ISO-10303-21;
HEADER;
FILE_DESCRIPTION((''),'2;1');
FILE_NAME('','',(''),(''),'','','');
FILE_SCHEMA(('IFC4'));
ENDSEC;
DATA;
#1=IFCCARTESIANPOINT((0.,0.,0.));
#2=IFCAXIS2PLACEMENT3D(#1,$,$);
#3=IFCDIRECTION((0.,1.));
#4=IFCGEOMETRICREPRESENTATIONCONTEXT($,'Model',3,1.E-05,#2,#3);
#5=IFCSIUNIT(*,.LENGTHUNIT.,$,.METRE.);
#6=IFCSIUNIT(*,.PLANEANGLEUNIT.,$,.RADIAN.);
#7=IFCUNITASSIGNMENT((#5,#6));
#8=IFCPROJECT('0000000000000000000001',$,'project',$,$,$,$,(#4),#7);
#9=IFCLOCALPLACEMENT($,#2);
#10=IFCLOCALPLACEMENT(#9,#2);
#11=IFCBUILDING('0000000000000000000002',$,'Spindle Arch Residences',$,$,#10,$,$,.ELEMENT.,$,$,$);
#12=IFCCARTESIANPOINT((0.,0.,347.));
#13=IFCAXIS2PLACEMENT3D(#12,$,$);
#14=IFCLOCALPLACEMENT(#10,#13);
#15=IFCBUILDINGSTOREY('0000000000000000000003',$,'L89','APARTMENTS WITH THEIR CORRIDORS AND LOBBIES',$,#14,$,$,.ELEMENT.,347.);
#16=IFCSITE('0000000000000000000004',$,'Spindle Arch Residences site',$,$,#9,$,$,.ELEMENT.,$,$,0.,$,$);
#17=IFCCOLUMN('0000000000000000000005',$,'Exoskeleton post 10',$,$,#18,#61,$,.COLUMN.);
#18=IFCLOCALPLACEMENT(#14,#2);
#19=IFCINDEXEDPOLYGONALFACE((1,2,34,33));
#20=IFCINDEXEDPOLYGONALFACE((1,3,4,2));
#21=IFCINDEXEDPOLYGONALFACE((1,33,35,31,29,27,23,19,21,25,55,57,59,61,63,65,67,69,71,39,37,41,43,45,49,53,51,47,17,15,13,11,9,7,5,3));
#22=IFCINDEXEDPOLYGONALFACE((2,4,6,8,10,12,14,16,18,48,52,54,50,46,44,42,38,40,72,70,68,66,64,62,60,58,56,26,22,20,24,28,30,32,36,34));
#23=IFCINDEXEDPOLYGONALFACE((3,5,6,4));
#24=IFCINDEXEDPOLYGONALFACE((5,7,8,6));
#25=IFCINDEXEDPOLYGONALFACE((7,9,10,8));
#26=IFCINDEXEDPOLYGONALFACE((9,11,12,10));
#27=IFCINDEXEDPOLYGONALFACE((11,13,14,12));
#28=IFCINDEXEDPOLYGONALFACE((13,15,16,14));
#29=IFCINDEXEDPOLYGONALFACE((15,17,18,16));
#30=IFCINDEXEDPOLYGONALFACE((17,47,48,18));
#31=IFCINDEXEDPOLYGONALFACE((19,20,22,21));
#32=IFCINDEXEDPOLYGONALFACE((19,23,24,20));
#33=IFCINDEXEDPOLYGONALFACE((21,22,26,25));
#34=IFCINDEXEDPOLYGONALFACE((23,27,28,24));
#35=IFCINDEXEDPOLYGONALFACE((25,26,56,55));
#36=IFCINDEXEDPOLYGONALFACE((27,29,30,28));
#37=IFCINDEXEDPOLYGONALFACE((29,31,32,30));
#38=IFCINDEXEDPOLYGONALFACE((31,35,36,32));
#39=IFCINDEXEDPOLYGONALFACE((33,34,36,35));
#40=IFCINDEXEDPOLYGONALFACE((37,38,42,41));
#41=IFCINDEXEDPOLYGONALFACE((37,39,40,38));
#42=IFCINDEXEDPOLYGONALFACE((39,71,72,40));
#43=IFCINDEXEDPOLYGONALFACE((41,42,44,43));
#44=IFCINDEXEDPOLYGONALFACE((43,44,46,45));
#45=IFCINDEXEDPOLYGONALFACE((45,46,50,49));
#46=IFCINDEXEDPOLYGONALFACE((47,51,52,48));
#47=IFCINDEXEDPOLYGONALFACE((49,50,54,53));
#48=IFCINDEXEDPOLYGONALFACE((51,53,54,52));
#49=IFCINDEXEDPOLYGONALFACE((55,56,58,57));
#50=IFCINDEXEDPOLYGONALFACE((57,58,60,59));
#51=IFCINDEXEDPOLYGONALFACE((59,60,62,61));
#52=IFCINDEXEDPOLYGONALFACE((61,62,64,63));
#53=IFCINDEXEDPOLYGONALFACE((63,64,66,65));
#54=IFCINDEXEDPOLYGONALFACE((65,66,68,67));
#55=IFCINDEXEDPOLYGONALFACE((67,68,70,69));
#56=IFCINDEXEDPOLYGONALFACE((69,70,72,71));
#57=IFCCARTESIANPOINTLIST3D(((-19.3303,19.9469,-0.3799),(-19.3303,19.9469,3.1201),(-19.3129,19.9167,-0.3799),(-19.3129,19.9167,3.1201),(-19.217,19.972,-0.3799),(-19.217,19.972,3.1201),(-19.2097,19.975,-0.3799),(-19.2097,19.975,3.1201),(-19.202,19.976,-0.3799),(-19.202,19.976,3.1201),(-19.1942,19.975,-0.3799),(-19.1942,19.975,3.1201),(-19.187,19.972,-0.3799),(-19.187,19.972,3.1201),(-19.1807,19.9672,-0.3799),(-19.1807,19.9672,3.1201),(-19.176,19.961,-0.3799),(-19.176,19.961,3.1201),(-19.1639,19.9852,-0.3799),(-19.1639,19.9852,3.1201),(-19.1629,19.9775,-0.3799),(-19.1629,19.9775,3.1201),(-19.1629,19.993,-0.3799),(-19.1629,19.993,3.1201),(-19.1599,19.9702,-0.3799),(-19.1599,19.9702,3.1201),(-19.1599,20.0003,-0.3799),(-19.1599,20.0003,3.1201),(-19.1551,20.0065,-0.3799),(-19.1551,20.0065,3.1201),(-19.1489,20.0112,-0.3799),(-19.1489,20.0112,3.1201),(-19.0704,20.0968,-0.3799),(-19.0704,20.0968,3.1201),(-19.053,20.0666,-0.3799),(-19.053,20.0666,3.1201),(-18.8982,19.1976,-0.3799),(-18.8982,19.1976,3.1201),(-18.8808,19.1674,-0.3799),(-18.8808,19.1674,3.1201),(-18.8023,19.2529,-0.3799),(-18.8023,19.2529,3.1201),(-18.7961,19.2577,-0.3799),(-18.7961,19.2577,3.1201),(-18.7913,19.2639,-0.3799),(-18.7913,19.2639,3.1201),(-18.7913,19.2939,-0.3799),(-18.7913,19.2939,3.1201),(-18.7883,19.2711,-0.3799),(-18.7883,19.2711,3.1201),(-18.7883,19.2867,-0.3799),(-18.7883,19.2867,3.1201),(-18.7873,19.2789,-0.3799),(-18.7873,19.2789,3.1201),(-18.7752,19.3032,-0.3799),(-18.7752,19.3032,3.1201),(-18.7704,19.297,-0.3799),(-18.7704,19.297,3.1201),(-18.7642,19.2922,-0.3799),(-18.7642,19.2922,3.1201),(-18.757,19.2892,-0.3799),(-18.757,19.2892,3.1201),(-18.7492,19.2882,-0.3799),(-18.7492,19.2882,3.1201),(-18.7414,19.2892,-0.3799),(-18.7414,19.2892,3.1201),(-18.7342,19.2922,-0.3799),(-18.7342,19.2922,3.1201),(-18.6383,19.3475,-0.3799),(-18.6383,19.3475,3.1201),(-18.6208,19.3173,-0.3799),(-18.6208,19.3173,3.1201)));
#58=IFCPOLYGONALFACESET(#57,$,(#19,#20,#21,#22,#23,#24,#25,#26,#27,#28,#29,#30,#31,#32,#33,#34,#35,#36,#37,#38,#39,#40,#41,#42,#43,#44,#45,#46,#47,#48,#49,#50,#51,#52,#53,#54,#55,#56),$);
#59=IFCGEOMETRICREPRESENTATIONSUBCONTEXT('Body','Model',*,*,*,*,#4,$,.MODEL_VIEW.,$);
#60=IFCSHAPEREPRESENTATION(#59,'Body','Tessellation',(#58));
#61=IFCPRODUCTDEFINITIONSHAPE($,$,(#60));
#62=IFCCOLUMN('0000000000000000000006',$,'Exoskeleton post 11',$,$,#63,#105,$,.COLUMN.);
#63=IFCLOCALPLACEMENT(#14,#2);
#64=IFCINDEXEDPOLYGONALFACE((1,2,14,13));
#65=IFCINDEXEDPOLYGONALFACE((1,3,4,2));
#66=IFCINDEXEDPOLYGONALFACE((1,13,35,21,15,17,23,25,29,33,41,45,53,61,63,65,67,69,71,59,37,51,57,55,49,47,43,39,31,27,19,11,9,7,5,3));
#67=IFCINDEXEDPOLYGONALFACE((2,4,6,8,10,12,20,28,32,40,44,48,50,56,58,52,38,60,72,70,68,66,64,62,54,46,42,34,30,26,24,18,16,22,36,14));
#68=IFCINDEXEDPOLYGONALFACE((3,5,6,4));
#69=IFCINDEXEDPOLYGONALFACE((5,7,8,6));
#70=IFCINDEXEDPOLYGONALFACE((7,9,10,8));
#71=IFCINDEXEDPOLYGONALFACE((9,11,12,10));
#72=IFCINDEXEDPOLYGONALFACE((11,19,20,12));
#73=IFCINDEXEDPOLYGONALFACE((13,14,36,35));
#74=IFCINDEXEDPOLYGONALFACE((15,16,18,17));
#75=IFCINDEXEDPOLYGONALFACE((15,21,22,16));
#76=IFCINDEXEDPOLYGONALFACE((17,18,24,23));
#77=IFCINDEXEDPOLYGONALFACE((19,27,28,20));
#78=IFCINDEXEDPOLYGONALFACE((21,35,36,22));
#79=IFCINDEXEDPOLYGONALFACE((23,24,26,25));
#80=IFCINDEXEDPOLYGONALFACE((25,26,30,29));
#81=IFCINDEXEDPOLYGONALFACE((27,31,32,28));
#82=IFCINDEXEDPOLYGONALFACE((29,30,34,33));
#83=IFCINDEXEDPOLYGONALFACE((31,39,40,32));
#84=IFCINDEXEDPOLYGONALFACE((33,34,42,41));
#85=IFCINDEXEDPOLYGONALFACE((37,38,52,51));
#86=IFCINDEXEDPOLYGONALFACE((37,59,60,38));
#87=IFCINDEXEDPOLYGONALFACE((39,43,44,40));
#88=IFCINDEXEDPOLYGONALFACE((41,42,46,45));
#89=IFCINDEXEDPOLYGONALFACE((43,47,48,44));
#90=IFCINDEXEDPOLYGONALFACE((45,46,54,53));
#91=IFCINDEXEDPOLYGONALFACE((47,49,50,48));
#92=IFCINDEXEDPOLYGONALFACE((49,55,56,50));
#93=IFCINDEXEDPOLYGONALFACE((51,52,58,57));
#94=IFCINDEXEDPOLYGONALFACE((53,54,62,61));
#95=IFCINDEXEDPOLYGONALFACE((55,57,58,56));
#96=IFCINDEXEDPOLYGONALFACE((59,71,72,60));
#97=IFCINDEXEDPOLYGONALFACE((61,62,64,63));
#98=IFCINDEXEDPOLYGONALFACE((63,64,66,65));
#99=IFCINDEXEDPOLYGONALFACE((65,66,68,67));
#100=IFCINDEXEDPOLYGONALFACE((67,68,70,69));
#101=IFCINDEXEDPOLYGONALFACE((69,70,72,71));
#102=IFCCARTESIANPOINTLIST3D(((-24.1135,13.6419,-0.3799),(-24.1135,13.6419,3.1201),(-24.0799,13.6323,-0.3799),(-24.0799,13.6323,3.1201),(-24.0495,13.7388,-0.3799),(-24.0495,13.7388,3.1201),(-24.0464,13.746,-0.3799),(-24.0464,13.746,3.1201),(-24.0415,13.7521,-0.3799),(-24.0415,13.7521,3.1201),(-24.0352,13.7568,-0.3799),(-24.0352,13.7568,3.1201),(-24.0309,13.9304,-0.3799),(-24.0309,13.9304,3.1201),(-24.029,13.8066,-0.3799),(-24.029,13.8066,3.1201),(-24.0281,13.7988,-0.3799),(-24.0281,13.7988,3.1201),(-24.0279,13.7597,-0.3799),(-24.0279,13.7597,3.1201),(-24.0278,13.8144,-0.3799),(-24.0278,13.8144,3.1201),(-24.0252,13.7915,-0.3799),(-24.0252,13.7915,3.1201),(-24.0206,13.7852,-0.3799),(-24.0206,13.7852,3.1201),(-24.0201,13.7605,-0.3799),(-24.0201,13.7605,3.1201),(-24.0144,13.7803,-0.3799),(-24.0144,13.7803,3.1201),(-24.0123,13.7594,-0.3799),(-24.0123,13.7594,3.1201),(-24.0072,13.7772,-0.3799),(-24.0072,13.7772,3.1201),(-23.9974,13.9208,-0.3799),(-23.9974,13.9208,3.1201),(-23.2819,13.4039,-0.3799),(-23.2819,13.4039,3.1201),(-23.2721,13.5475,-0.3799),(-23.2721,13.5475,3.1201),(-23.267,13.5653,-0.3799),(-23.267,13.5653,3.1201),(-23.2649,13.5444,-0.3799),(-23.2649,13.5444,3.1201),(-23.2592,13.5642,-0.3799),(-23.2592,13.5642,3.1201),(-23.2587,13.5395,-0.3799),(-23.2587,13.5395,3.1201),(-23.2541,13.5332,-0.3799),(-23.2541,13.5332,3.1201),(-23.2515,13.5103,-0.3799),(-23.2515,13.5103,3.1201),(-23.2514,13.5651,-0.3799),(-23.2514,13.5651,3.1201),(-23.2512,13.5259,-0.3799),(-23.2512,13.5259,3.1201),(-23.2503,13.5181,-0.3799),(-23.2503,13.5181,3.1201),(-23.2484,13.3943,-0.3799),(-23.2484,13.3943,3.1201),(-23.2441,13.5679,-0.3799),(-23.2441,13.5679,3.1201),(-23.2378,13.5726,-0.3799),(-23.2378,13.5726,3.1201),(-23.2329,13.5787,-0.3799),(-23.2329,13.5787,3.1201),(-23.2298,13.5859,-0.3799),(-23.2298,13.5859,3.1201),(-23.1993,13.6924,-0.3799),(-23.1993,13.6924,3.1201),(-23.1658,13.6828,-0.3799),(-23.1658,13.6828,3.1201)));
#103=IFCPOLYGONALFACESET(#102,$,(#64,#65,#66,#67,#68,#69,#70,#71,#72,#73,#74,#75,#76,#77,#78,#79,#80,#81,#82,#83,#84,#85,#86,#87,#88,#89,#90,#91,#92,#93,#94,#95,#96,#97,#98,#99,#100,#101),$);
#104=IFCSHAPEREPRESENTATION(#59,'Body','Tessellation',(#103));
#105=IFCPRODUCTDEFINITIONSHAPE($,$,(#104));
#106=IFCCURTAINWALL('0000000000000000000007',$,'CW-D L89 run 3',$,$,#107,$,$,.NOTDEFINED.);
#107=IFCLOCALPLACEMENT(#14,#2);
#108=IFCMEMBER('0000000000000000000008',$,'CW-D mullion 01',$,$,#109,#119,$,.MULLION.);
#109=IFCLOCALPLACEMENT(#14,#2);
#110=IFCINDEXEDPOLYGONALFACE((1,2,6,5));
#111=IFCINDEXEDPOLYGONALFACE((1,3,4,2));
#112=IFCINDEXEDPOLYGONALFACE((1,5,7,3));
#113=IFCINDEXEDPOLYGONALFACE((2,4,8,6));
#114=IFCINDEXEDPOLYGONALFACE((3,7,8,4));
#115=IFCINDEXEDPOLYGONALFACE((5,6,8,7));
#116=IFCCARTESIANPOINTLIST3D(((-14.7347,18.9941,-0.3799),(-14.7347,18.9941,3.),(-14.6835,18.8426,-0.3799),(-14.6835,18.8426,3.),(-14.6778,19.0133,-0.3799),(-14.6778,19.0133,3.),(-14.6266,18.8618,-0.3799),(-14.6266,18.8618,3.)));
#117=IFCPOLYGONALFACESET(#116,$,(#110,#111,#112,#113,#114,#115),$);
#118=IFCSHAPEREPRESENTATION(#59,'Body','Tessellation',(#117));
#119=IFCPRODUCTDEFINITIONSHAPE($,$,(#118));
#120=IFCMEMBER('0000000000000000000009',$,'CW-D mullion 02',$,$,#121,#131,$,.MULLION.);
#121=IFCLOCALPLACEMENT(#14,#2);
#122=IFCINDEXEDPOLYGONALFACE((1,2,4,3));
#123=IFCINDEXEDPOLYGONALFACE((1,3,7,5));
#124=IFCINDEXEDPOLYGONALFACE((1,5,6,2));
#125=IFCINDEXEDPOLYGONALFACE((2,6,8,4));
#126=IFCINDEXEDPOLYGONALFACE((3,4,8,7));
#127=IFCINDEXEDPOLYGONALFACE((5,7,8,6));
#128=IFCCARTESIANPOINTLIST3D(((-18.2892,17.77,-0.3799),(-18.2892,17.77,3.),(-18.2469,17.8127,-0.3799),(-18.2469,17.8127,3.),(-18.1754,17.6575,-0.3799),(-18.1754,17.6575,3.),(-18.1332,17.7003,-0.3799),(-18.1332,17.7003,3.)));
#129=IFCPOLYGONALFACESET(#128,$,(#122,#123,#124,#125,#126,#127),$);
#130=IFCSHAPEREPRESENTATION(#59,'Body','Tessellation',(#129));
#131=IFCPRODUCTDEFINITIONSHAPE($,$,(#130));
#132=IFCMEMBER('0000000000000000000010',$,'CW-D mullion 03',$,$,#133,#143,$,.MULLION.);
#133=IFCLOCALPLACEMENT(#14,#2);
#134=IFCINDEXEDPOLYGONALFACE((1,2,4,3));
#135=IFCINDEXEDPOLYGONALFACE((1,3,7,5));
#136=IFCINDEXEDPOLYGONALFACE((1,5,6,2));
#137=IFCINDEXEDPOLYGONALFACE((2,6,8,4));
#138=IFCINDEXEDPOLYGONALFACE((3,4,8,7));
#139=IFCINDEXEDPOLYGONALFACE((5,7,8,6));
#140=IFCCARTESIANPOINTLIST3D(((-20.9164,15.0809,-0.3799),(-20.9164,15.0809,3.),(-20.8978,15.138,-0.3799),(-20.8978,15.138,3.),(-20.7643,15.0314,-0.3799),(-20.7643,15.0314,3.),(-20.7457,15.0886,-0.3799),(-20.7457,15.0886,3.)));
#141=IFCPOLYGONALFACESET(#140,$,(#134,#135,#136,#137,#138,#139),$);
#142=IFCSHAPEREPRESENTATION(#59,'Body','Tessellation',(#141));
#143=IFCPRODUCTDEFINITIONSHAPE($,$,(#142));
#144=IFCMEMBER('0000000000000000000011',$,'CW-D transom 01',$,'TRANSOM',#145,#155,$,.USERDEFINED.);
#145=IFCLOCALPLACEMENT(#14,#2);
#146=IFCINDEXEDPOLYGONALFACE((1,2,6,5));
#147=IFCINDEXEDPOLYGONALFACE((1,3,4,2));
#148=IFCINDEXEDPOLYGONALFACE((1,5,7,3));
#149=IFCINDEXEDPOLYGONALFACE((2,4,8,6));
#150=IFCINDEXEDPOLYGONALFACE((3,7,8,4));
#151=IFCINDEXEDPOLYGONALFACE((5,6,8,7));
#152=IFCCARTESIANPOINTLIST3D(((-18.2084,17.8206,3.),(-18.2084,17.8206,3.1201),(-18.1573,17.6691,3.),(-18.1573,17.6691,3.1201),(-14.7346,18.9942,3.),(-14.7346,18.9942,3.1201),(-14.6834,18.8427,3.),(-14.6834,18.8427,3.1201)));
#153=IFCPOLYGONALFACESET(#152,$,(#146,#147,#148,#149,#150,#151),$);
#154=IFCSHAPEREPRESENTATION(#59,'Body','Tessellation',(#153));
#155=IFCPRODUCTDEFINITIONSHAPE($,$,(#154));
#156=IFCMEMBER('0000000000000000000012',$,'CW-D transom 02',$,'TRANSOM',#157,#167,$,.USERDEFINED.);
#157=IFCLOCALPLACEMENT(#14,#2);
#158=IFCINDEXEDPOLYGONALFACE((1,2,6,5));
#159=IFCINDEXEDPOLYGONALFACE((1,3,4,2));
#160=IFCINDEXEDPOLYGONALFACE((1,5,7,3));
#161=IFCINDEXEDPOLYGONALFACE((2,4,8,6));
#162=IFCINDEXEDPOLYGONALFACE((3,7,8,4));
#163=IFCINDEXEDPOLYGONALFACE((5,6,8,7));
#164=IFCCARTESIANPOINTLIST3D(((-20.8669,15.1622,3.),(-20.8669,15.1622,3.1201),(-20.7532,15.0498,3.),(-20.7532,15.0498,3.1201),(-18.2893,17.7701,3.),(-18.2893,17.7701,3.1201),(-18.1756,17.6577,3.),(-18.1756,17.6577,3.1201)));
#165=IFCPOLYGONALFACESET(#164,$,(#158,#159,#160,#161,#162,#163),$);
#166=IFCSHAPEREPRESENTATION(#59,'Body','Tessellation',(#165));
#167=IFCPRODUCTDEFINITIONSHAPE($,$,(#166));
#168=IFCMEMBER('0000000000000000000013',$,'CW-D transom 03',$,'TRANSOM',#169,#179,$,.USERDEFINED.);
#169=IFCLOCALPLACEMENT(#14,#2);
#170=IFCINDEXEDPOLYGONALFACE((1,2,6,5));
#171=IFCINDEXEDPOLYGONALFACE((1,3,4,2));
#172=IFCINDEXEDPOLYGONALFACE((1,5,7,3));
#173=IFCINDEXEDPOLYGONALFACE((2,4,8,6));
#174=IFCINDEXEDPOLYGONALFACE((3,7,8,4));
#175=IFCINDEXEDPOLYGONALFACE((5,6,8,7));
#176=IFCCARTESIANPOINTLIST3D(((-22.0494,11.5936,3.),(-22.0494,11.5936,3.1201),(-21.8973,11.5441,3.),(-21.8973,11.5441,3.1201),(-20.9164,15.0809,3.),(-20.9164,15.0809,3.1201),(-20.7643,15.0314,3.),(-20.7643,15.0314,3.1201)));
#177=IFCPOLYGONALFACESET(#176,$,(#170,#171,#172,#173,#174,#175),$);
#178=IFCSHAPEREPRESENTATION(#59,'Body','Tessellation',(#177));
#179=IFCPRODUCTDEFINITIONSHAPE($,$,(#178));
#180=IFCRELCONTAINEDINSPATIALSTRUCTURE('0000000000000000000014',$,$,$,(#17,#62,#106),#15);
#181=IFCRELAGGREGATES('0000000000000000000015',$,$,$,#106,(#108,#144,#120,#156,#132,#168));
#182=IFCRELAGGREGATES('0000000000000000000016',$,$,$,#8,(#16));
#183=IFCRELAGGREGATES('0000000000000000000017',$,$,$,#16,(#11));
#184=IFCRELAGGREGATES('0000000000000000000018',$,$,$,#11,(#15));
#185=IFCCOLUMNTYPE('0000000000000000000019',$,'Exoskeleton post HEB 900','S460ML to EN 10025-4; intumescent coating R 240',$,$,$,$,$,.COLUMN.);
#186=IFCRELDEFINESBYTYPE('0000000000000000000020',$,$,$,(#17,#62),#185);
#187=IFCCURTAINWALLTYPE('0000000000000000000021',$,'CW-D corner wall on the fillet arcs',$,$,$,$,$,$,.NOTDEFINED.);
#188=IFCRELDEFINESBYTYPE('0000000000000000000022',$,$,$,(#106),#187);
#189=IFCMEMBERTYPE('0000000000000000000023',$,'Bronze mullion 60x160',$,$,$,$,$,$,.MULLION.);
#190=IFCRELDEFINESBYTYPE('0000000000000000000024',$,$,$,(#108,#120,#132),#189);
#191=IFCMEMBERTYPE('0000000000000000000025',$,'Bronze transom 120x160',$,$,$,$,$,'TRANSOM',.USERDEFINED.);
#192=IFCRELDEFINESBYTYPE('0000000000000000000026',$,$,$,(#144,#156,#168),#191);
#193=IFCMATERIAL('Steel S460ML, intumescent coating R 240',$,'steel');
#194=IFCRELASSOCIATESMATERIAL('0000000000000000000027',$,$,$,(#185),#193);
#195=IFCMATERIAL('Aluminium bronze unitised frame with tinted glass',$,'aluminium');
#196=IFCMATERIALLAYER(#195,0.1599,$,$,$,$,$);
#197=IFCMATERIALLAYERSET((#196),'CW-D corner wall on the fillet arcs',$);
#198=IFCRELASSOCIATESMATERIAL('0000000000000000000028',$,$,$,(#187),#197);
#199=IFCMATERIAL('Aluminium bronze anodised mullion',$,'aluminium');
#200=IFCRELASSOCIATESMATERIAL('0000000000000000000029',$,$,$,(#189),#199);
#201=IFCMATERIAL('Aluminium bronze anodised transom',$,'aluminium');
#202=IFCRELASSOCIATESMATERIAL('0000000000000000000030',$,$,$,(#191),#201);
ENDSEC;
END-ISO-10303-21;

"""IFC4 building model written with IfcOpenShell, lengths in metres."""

from ifc_helpers import new_model, si_unit, direction, frame, origin, origin_2d, place, context, subcontext, project, spatial, rectangle, i_section, extrude, material, layer, layer_set, material_profile, profile_set, type_object, element, aggregate, save


model = new_model("IFC4")

# Units and contexts
model_context = context("Model", 3, precision=1e-05, world=origin(), true_north=direction((0.0, 1.0)))
body_context = subcontext(model_context, "Body", "Model", "MODEL_VIEW")
ifc_project = project(units=[si_unit("LENGTHUNIT", "METRE"), si_unit("PLANEANGLEUNIT", "RADIAN")], contexts=[model_context])

# Site, building, storey
site_placement = place(None, origin())
site = spatial("IfcSite", under=ifc_project, at=site_placement, Name="Spindle Arch Residences site", CompositionType="ELEMENT", RefElevation=0.0)
building_placement = place(site_placement, origin())
building = spatial("IfcBuilding", under=site, at=building_placement, Name="Spindle Arch Residences", CompositionType="ELEMENT")
storey_placement = place(building_placement, frame((0.0, 0.0, 347.0)))
storey = spatial("IfcBuildingStorey", under=building, at=storey_placement, Name="L89", Description="APARTMENTS WITH THEIR CORRIDORS AND LOBBIES", CompositionType="ELEMENT", Elevation=347.0)

# Columns
ifc_material_1 = material(Name="Steel S460ML, intumescent coating R 240", Category="steel")
ifc_material_profile_1 = material_profile(ifc_material_1, i_section(OverallWidth=0.3, OverallDepth=0.8999, WebThickness=0.0186, FlangeThickness=0.0349, FilletRadius=0.03, at=origin_2d()), Name="HEB 900")
ifc_profile_set_1 = profile_set([ifc_material_profile_1], Name="Steel S460ML, intumescent coating R 240")
column_type = type_object("IfcColumnType", Name="Exoskeleton post HEB 900", Description="S460ML to EN 10025-4; intumescent coating R 240", PredefinedType="COLUMN", material=ifc_profile_set_1)
for number, where, z_axis, x_axis, name in (
    (1, (-18.9756, 19.6321, -0.3799), (0.0, 0.0, 1.0), (0.866257, 0.499599, 0.0), "Exoskeleton post 10"),
    (2, (-23.6396, 13.6624, -0.3799), (0.0, 0.0, 1.0), (0.275193, 0.961389, 0.0), "Exoskeleton post 11"),
):
    element("IfcColumn", number, at=place(storey_placement, frame(where, z_axis=z_axis, x_axis=x_axis)), inside=storey, type_object=column_type, Name=name, PredefinedType="COLUMN", context=body_context, shape_type="SweptSolid", body=[
        extrude(i_section(OverallWidth=0.3, OverallDepth=0.8999, WebThickness=0.0186, FlangeThickness=0.0349, FilletRadius=0.03, at=origin_2d()), origin(), (0.0, 0.0, 1.0), 3.5),
    ])

# Curtain wall, members
ifc_material_2 = material(Name="Aluminium bronze unitised frame with tinted glass", Category="aluminium")
ifc_layer_1 = layer(ifc_material_2, 0.1599)
ifc_layer_set_1 = layer_set([ifc_layer_1], Name="CW-D corner wall on the fillet arcs")
curtain_wall_type = type_object("IfcCurtainWallType", Name="CW-D corner wall on the fillet arcs", PredefinedType="NOTDEFINED", material=ifc_layer_set_1)
curtain_wall_placement = place(storey_placement, origin())
curtain_wall = element("IfcCurtainWall", 3, at=curtain_wall_placement, inside=storey, type_object=curtain_wall_type, Name="CW-D L89 run 3", PredefinedType="NOTDEFINED")
ifc_material_3 = material(Name="Aluminium bronze anodised mullion", Category="aluminium")
ifc_material_profile_2 = material_profile(ifc_material_3, rectangle(XDim=0.1599, YDim=0.0601, at=origin_2d()), Name="MU 60x160")
ifc_profile_set_2 = profile_set([ifc_material_profile_2], Name="Aluminium bronze anodised mullion")
member_type_1 = type_object("IfcMemberType", Name="Bronze mullion 60x160", PredefinedType="MULLION", material=ifc_profile_set_2)
member_1_placement = place(storey_placement, frame((-14.6807, 18.928, -0.3799), z_axis=(0.0, 0.0, 1.0), x_axis=(0.320062, -0.947397, 0.0)))
member_1 = element("IfcMember", 4, at=member_1_placement, type_object=member_type_1, Name="CW-D mullion 01", PredefinedType="MULLION", context=body_context, shape_type="SweptSolid", body=[
    extrude(rectangle(XDim=0.1599, YDim=0.0601, at=origin_2d()), origin(), (0.0, 0.0, 1.0), 3.3799),
])
member_2_placement = place(storey_placement, frame((-18.2112, 17.7351, -0.3799), z_axis=(0.0, 0.0, 1.0), x_axis=(0.711209, -0.702981, 0.0)))
member_2 = element("IfcMember", 5, at=member_2_placement, type_object=member_type_1, Name="CW-D mullion 02", PredefinedType="MULLION", context=body_context, shape_type="SweptSolid", body=[
    extrude(rectangle(XDim=0.1599, YDim=0.0601, at=origin_2d()), origin(), (0.0, 0.0, 1.0), 3.3799),
])
member_3_placement = place(storey_placement, frame((-20.8311, 15.0847, -0.3799), z_axis=(0.0, 0.0, 1.0), x_axis=(0.951057, -0.309017, 0.0)))
member_3 = element("IfcMember", 6, at=member_3_placement, type_object=member_type_1, Name="CW-D mullion 03", PredefinedType="MULLION", context=body_context, shape_type="SweptSolid", body=[
    extrude(rectangle(XDim=0.1599, YDim=0.0601, at=origin_2d()), origin(), (0.0, 0.0, 1.0), 3.3799),
])
ifc_material_4 = material(Name="Aluminium bronze anodised transom", Category="aluminium")
ifc_material_profile_3 = material_profile(ifc_material_4, rectangle(XDim=0.1599, YDim=0.1201, at=origin_2d()), Name="TR 120x160")
ifc_profile_set_3 = profile_set([ifc_material_profile_3], Name="Aluminium bronze anodised transom")
member_type_2 = type_object("IfcMemberType", Name="Bronze transom 120x160", ElementType="TRANSOM", PredefinedType="USERDEFINED", material=ifc_profile_set_3)
member_4_placement = place(storey_placement, frame((-14.709, 18.9185, 3.0601), z_axis=(-0.947397, -0.32006, 0.0), x_axis=(0.32006, -0.947397, 0.0)))
member_4 = element("IfcMember", 7, at=member_4_placement, type_object=member_type_2, Name="CW-D transom 01", ObjectType="TRANSOM", PredefinedType="USERDEFINED", context=body_context, shape_type="SweptSolid", body=[
    extrude(rectangle(XDim=0.1599, YDim=0.1201, at=origin_2d()), origin(), (0.0, 0.0, 1.0), 3.6667),
])
member_5_placement = place(storey_placement, frame((-18.2324, 17.7139, 3.0601), z_axis=(-0.702967, -0.711223, 0.0), x_axis=(0.711223, -0.702967, 0.0)))
member_5 = element("IfcMember", 8, at=member_5_placement, type_object=member_type_2, Name="CW-D transom 02", ObjectType="TRANSOM", PredefinedType="USERDEFINED", context=body_context, shape_type="SweptSolid", body=[
    extrude(rectangle(XDim=0.1599, YDim=0.1201, at=origin_2d()), origin(), (0.0, 0.0, 1.0), 3.6667),
])
member_6_placement = place(storey_placement, frame((-20.8403, 15.0562, 3.0601), z_axis=(-0.309008, -0.95106, 0.0), x_axis=(0.95106, -0.309008, 0.0)))
member_6 = element("IfcMember", 9, at=member_6_placement, type_object=member_type_2, Name="CW-D transom 03", ObjectType="TRANSOM", PredefinedType="USERDEFINED", context=body_context, shape_type="SweptSolid", body=[
    extrude(rectangle(XDim=0.1599, YDim=0.1201, at=origin_2d()), origin(), (0.0, 0.0, 1.0), 3.6667),
])

aggregate(curtain_wall, [member_1, member_4, member_2, member_5, member_3, member_6])

save(model, "model.ifc")
